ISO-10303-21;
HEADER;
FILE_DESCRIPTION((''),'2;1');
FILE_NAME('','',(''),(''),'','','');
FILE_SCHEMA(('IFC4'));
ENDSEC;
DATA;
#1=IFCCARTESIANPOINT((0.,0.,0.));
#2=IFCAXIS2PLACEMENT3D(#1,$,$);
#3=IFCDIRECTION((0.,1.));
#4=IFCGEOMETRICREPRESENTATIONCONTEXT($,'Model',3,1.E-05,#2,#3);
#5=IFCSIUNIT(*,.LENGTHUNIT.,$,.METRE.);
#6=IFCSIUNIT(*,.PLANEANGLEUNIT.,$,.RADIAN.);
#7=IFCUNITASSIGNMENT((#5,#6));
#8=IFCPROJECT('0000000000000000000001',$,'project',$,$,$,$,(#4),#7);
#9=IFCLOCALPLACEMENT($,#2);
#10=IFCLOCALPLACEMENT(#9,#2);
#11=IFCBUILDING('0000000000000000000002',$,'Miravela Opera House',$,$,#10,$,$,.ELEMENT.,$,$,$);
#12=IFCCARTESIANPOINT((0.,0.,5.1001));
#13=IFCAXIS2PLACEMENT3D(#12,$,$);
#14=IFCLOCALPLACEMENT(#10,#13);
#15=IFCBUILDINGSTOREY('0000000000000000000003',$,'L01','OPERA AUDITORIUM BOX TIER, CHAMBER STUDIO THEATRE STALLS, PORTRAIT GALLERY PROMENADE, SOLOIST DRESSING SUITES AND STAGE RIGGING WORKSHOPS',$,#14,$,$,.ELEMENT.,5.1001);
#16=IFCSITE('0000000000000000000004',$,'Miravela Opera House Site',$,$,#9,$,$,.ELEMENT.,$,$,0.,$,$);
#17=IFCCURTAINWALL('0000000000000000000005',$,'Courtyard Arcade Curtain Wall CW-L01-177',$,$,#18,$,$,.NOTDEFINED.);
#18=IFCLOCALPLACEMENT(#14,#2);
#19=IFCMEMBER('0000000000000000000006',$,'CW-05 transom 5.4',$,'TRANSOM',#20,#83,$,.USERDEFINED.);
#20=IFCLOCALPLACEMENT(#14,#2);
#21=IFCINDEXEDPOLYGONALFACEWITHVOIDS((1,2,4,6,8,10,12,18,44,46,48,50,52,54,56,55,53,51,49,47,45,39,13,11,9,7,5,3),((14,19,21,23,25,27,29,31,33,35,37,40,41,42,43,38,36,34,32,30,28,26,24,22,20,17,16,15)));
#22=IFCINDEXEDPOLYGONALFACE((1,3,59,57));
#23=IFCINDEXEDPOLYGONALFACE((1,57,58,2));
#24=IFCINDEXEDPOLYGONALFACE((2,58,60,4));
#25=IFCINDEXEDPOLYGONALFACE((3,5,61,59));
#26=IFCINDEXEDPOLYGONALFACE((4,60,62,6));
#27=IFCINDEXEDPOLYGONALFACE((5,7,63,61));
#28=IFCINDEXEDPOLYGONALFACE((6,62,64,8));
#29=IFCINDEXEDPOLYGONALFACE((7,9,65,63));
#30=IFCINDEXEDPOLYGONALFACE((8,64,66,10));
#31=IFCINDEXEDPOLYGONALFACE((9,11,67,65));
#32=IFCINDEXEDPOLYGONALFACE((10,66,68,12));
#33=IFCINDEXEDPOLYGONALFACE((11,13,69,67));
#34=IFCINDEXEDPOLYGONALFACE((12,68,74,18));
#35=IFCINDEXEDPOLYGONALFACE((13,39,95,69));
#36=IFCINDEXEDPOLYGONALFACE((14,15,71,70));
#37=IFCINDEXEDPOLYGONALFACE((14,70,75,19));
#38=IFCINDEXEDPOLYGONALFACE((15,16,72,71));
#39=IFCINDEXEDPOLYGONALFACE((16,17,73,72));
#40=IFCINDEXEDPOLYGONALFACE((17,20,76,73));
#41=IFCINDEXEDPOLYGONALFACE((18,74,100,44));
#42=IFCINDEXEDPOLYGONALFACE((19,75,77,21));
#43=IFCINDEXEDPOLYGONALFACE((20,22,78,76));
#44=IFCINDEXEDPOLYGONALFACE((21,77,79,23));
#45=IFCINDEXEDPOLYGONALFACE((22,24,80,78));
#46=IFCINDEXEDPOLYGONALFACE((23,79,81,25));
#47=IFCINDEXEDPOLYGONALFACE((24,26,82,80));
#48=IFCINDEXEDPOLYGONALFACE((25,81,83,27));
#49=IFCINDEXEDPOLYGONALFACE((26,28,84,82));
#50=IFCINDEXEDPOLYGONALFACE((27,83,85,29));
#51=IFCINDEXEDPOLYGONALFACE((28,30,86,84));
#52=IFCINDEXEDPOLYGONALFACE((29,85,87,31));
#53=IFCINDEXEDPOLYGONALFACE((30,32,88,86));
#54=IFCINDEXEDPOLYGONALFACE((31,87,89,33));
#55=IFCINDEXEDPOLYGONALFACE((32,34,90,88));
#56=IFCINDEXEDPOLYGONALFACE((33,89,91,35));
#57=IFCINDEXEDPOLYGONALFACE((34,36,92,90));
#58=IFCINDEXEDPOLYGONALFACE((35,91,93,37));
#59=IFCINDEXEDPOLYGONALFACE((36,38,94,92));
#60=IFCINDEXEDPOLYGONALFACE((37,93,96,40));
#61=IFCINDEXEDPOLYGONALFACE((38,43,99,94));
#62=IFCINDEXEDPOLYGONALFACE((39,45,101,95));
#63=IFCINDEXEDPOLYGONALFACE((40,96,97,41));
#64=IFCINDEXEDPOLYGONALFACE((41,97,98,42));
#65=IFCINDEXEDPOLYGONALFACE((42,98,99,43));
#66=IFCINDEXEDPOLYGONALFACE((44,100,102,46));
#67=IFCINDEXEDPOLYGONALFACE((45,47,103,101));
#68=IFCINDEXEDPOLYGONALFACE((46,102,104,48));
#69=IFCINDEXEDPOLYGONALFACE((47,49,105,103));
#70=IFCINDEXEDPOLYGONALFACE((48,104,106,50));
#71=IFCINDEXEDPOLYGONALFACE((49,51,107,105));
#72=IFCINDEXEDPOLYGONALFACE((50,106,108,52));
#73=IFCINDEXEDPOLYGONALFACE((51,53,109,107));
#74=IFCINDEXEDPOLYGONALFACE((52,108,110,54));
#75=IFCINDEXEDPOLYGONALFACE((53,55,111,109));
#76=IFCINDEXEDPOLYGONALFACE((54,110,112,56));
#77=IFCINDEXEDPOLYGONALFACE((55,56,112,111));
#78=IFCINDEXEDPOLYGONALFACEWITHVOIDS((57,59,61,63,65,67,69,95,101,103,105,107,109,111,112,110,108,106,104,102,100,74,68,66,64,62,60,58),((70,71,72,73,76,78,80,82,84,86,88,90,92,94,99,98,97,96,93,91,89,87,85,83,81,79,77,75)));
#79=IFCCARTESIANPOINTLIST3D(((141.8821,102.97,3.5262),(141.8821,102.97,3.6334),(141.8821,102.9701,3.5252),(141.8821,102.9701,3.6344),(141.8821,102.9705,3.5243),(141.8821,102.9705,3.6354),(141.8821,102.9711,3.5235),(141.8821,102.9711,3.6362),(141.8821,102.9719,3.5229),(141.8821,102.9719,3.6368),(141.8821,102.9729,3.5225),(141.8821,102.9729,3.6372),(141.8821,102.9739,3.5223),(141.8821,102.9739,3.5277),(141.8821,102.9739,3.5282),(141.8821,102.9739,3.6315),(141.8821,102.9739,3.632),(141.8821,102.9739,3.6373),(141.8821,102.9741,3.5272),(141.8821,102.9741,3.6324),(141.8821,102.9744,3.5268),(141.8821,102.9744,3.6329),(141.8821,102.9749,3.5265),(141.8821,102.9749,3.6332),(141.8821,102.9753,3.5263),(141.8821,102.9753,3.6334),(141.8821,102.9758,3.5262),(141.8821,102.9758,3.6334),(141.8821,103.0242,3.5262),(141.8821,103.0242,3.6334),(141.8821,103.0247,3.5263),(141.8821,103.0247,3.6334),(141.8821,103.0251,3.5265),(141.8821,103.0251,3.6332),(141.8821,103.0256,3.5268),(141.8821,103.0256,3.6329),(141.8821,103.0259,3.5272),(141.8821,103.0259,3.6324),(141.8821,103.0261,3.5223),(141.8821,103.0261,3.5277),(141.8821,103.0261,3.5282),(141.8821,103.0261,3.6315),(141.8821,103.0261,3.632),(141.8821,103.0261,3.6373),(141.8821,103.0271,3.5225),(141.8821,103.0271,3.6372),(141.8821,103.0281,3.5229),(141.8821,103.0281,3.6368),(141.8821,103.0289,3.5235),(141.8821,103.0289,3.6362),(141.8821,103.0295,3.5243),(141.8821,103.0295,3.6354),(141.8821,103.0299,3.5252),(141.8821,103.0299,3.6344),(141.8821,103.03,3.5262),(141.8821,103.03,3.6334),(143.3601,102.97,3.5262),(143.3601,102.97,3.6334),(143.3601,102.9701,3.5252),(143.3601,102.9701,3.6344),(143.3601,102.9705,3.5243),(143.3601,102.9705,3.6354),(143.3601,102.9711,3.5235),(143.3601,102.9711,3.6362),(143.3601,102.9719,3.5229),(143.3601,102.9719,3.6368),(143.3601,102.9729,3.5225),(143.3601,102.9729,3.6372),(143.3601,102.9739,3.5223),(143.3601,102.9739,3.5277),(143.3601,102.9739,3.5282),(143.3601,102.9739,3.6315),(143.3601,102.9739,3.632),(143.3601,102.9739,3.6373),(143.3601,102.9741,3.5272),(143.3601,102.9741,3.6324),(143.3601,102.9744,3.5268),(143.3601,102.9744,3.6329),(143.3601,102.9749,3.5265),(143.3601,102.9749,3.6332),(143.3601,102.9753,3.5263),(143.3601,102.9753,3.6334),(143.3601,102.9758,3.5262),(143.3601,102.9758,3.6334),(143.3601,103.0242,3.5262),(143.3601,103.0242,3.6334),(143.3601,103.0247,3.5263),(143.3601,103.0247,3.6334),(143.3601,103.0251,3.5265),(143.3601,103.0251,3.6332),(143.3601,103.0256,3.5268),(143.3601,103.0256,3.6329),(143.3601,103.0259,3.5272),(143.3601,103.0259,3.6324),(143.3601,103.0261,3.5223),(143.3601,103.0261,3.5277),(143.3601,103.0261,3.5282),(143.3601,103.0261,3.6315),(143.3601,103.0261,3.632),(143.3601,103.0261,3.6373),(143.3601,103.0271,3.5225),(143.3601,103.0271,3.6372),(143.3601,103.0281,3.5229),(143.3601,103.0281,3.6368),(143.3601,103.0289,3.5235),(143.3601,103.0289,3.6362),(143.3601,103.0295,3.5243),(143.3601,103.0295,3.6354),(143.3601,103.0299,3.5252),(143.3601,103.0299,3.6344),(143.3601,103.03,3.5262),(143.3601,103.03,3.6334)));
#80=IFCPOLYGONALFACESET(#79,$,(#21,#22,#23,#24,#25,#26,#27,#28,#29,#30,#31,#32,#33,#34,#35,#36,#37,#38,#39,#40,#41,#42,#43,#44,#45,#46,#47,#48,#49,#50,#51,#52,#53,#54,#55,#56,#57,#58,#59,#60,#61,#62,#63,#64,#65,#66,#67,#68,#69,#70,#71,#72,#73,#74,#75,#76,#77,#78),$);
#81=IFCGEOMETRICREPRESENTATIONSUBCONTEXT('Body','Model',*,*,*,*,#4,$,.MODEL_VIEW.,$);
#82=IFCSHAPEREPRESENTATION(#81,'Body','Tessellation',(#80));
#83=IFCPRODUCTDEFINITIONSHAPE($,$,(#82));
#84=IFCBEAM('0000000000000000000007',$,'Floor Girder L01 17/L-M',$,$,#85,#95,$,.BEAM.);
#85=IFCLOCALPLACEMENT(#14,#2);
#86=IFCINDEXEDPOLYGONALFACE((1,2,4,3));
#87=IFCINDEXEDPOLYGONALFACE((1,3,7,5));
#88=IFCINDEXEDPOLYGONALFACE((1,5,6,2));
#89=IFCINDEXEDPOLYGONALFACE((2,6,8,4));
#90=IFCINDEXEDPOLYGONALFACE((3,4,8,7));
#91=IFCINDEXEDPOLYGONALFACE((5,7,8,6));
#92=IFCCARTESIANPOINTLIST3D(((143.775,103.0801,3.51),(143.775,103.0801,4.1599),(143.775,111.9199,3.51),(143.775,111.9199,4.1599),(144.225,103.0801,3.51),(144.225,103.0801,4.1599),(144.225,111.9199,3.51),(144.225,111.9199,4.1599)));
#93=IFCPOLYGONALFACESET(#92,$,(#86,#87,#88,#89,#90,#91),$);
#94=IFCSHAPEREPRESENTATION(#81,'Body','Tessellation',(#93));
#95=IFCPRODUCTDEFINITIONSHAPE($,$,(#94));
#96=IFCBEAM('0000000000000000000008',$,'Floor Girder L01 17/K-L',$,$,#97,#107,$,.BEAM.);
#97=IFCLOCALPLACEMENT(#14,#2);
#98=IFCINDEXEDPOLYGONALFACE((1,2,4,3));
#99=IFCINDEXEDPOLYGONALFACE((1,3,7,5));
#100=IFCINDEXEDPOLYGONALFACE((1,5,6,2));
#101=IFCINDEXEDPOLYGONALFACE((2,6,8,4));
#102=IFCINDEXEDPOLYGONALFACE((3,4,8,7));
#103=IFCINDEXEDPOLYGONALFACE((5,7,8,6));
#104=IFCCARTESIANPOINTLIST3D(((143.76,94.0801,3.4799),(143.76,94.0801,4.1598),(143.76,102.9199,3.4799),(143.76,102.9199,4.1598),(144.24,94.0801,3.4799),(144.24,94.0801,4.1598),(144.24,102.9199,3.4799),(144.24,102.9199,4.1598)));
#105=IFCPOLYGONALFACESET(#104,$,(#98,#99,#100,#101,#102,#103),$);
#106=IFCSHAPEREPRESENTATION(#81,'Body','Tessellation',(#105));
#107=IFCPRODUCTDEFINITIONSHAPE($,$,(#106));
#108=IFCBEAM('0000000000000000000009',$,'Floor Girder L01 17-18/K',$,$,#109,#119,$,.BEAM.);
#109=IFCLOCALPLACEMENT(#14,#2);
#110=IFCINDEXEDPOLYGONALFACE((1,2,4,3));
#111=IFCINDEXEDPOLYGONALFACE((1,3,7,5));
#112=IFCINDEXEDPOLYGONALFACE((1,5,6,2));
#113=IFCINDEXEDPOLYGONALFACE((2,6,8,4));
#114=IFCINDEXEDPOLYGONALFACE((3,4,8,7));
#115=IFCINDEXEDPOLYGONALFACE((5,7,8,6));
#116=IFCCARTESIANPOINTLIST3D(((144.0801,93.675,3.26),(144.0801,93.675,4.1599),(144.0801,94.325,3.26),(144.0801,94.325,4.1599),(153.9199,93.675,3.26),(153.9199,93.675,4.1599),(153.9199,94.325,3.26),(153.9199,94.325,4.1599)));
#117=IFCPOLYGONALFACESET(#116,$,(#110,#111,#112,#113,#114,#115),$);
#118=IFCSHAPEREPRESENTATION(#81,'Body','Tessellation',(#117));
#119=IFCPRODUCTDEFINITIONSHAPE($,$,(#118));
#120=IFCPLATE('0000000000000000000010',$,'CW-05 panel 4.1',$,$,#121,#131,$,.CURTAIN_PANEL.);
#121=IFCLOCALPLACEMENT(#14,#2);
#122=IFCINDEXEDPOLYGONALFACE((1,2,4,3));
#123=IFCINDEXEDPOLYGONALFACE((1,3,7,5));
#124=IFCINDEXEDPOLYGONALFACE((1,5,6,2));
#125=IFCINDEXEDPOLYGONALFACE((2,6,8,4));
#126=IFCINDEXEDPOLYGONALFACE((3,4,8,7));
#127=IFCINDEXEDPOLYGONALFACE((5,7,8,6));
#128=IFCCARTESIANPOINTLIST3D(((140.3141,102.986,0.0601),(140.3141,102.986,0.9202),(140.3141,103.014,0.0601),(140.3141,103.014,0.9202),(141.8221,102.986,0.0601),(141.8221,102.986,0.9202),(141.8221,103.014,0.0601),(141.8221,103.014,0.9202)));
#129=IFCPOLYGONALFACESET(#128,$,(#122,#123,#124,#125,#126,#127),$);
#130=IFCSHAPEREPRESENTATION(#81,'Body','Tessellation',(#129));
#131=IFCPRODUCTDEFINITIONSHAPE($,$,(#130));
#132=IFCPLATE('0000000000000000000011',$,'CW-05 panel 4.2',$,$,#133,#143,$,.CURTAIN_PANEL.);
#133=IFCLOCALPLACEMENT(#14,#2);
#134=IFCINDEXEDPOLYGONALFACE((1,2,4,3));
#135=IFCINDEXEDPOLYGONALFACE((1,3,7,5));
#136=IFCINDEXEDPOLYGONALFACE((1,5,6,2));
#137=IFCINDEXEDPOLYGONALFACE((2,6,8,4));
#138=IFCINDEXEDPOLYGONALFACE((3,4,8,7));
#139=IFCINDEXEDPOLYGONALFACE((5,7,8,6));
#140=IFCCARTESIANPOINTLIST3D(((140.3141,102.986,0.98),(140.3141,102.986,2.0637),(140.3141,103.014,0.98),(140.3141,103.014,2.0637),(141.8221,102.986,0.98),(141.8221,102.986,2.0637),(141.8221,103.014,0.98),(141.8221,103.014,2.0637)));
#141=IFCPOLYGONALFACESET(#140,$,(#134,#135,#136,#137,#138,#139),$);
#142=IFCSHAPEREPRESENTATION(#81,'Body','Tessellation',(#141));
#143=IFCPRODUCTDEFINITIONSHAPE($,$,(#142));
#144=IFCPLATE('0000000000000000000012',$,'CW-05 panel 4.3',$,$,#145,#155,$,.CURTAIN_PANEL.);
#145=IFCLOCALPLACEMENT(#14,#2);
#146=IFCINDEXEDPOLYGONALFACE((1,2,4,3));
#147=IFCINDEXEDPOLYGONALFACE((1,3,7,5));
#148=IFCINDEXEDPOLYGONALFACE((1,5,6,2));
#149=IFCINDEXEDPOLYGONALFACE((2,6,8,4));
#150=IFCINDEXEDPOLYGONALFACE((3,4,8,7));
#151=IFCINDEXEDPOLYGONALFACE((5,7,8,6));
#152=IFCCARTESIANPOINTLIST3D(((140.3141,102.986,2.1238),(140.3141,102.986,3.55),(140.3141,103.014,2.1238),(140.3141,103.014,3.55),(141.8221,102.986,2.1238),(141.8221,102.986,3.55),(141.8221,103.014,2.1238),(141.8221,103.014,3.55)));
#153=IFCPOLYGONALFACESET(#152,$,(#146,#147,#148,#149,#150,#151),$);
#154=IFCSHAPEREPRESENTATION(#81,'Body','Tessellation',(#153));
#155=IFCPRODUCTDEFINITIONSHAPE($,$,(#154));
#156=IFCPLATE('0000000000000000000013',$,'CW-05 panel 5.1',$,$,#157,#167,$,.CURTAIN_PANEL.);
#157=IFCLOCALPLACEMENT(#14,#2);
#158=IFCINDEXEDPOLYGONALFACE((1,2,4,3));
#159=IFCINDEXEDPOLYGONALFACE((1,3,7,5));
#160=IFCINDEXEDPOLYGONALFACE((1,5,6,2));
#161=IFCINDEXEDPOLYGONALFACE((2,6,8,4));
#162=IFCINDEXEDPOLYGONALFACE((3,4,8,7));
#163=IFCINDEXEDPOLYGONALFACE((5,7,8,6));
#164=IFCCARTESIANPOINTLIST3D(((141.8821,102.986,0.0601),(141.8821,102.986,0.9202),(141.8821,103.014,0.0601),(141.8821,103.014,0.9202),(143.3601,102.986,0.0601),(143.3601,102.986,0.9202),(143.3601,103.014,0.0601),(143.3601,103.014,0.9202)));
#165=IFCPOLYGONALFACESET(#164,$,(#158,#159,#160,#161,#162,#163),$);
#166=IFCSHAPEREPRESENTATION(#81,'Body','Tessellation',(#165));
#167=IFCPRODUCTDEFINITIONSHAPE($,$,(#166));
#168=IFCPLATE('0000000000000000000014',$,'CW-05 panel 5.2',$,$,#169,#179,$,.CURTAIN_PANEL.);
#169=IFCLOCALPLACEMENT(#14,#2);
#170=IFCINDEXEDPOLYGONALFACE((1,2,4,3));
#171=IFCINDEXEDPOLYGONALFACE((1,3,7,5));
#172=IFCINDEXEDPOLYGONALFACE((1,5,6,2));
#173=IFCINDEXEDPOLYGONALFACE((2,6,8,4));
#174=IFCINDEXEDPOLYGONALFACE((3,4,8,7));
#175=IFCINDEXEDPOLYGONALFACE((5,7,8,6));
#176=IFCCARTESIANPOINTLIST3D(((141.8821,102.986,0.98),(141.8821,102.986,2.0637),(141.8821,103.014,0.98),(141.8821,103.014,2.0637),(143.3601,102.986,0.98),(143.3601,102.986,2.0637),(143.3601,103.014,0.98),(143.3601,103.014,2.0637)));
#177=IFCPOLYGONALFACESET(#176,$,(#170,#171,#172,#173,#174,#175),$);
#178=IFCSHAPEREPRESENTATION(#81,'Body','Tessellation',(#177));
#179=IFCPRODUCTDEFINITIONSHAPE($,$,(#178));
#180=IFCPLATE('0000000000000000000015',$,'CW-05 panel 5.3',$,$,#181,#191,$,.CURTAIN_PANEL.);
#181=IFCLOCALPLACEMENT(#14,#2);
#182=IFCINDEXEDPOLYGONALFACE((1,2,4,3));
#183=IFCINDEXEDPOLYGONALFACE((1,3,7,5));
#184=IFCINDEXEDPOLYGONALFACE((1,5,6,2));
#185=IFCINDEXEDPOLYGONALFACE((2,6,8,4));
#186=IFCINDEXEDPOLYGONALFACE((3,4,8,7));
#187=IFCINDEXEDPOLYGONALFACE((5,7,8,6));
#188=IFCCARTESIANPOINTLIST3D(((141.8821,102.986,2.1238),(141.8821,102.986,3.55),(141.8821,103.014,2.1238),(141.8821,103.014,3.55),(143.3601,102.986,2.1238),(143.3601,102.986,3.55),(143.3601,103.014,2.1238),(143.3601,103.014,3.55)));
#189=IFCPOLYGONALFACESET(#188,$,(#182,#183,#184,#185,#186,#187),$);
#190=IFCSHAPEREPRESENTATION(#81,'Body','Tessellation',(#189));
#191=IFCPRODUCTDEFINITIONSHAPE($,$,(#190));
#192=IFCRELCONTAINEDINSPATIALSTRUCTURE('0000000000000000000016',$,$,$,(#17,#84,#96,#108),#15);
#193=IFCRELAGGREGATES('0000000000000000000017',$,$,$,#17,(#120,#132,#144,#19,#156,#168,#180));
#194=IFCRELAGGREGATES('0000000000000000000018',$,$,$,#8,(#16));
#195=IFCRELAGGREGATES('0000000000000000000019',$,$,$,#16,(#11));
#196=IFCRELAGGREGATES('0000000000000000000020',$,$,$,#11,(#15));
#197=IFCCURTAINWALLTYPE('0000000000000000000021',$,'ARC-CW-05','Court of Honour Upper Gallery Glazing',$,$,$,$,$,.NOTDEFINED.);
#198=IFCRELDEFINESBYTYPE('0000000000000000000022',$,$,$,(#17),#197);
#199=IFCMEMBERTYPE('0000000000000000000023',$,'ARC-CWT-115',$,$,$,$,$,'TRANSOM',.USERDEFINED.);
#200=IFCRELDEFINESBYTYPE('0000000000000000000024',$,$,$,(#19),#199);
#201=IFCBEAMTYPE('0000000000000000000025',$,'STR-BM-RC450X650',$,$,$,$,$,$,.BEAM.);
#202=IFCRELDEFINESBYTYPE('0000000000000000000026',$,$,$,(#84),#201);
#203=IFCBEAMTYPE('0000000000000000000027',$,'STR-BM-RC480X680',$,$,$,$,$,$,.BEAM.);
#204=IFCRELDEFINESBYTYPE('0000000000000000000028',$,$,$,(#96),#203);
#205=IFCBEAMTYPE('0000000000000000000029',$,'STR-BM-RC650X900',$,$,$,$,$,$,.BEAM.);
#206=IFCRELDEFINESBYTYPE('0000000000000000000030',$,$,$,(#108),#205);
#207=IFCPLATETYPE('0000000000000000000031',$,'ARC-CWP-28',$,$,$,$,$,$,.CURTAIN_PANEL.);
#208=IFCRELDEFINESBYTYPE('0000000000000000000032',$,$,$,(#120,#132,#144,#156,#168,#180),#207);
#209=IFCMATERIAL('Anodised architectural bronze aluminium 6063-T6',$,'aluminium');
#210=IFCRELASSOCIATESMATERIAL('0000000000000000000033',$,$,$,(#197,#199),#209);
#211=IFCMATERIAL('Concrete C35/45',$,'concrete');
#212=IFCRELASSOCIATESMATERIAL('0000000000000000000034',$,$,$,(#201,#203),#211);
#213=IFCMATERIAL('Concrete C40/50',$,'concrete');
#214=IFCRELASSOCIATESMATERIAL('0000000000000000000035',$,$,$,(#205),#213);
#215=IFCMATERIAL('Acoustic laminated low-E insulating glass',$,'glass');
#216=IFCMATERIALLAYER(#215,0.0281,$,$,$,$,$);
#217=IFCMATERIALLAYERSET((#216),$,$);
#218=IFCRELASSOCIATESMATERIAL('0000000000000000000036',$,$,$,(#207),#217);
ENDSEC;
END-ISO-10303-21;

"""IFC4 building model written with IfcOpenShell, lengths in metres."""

from ifc_helpers import new_model, si_unit, direction, frame, origin, origin_2d, place, context, subcontext, project, spatial, rectangle, hollow_rectangle, extrude, material, layer, layer_set, material_profile, profile_set, type_object, element, aggregate, save


model = new_model("IFC4")

# Units and contexts
model_context = context("Model", 3, precision=1e-05, world=origin(), true_north=direction((0.0, 1.0)))
body_context = subcontext(model_context, "Body", "Model", "MODEL_VIEW")
ifc_project = project(units=[si_unit("LENGTHUNIT", "METRE"), si_unit("PLANEANGLEUNIT", "RADIAN")], contexts=[model_context])

# Site, building, storey
site_placement = place(None, origin())
site = spatial("IfcSite", under=ifc_project, at=site_placement, Name="Miravela Opera House Site", CompositionType="ELEMENT", RefElevation=0.0)
building_placement = place(site_placement, origin())
building = spatial("IfcBuilding", under=site, at=building_placement, Name="Miravela Opera House", CompositionType="ELEMENT")
storey_placement = place(building_placement, frame((0.0, 0.0, 5.1001)))
storey = spatial("IfcBuildingStorey", under=building, at=storey_placement, Name="L01", Description="OPERA AUDITORIUM BOX TIER, CHAMBER STUDIO THEATRE STALLS, PORTRAIT GALLERY PROMENADE, SOLOIST DRESSING SUITES AND STAGE RIGGING WORKSHOPS", CompositionType="ELEMENT", Elevation=5.1001)

# Shared definitions
ifc_material_1 = material(Name="Concrete C35/45", Category="concrete")

# Curtain wall, member
ifc_material_2 = material(Name="Anodised architectural bronze aluminium 6063-T6", Category="aluminium")
curtain_wall_type = type_object("IfcCurtainWallType", Name="ARC-CW-05", Description="Court of Honour Upper Gallery Glazing", PredefinedType="NOTDEFINED", material=ifc_material_2)
curtain_wall_placement = place(storey_placement, origin())
curtain_wall = element("IfcCurtainWall", 1, at=curtain_wall_placement, inside=storey, type_object=curtain_wall_type, Name="Courtyard Arcade Curtain Wall CW-L01-177", PredefinedType="NOTDEFINED")
ifc_material_profile_1 = material_profile(ifc_material_2, hollow_rectangle(XDim=0.0601, YDim=0.115, WallThickness=0.0039, InnerFilletRadius=0.002, OuterFilletRadius=0.0039, at=origin_2d()), Name="CWT-60X115")
ifc_profile_set_1 = profile_set([ifc_material_profile_1])
member_type_1 = type_object("IfcMemberType", Name="ARC-CWT-115", ElementType="TRANSOM", PredefinedType="USERDEFINED", material=ifc_profile_set_1)
member_1_placement = place(storey_placement, frame((141.8821, 103.0, 3.5798), z_axis=(1.0, 0.0, 0.0), x_axis=(0.0, 1.0, 0.0)))
member_1 = element("IfcMember", 2, at=member_1_placement, type_object=member_type_1, Name="CW-05 transom 5.4", ObjectType="TRANSOM", PredefinedType="USERDEFINED", context=body_context, shape_type="SweptSolid", body=[
    extrude(hollow_rectangle(XDim=0.0601, YDim=0.115, WallThickness=0.0039, InnerFilletRadius=0.002, OuterFilletRadius=0.0039, at=origin_2d()), origin(), (0.0, 0.0, 1.0), 1.478),
])

# Beams
ifc_material_profile_2 = material_profile(ifc_material_1, rectangle(XDim=0.45, YDim=0.6499, at=origin_2d()), Name="RC-BM-450X650")
ifc_profile_set_2 = profile_set([ifc_material_profile_2])
beam_type_1 = type_object("IfcBeamType", Name="STR-BM-RC450X650", PredefinedType="BEAM", material=ifc_profile_set_2)
beam_1_placement = place(storey_placement, frame((144.0, 103.0801, 3.835), z_axis=(0.0, 1.0, 0.0), x_axis=(-1.0, 0.0, 0.0)))
element("IfcBeam", 3, at=beam_1_placement, inside=storey, type_object=beam_type_1, Name="Floor Girder L01 17/L-M", PredefinedType="BEAM", context=body_context, shape_type="SweptSolid", body=[
    extrude(rectangle(XDim=0.45, YDim=0.6499, at=origin_2d()), origin(), (0.0, 0.0, 1.0), 8.8398),
])
ifc_material_profile_3 = material_profile(ifc_material_1, rectangle(XDim=0.48, YDim=0.6799, at=origin_2d()), Name="RC-BM-480X680")
ifc_profile_set_3 = profile_set([ifc_material_profile_3])
beam_type_2 = type_object("IfcBeamType", Name="STR-BM-RC480X680", PredefinedType="BEAM", material=ifc_profile_set_3)
beam_2_placement = place(storey_placement, frame((144.0, 94.0801, 3.8198), z_axis=(0.0, 1.0, 0.0), x_axis=(-1.0, 0.0, 0.0)))
element("IfcBeam", 4, at=beam_2_placement, inside=storey, type_object=beam_type_2, Name="Floor Girder L01 17/K-L", PredefinedType="BEAM", context=body_context, shape_type="SweptSolid", body=[
    extrude(rectangle(XDim=0.48, YDim=0.6799, at=origin_2d()), origin(), (0.0, 0.0, 1.0), 8.8398),
])
ifc_material_3 = material(Name="Concrete C40/50", Category="concrete")
ifc_material_profile_4 = material_profile(ifc_material_3, rectangle(XDim=0.6499, YDim=0.8999, at=origin_2d()), Name="RC-BM-650X900")
ifc_profile_set_4 = profile_set([ifc_material_profile_4])
beam_type_3 = type_object("IfcBeamType", Name="STR-BM-RC650X900", PredefinedType="BEAM", material=ifc_profile_set_4)
beam_3_placement = place(storey_placement, frame((144.0801, 94.0, 3.71), z_axis=(1.0, 0.0, 0.0), x_axis=(0.0, 1.0, 0.0)))
element("IfcBeam", 5, at=beam_3_placement, inside=storey, type_object=beam_type_3, Name="Floor Girder L01 17-18/K", PredefinedType="BEAM", context=body_context, shape_type="SweptSolid", body=[
    extrude(rectangle(XDim=0.6499, YDim=0.8999, at=origin_2d()), origin(), (0.0, 0.0, 1.0), 9.8398),
])

# Plates
ifc_material_4 = material(Name="Acoustic laminated low-E insulating glass", Category="glass")
ifc_layer_1 = layer(ifc_material_4, 0.0281)
ifc_layer_set_1 = layer_set([ifc_layer_1])
plate_type = type_object("IfcPlateType", Name="ARC-CWP-28", PredefinedType="CURTAIN_PANEL", material=ifc_layer_set_1)
plate_1_placement = place(storey_placement, frame((141.0681, 103.0, 0.0601), z_axis=(0.0, 0.0, 1.0), x_axis=(1.0, 0.0, 0.0)))
plate_1 = element("IfcPlate", 6, at=plate_1_placement, type_object=plate_type, Name="CW-05 panel 4.1", PredefinedType="CURTAIN_PANEL", context=body_context, shape_type="SweptSolid", body=[
    extrude(rectangle(XDim=1.5081, YDim=0.0281, at=origin_2d()), origin(), (0.0, 0.0, 1.0), 0.8601),
])
plate_2_placement = place(storey_placement, frame((141.0681, 103.0, 0.98), z_axis=(0.0, 0.0, 1.0), x_axis=(1.0, 0.0, 0.0)))
plate_2 = element("IfcPlate", 7, at=plate_2_placement, type_object=plate_type, Name="CW-05 panel 4.2", PredefinedType="CURTAIN_PANEL", context=body_context, shape_type="SweptSolid", body=[
    extrude(rectangle(XDim=1.5081, YDim=0.0281, at=origin_2d()), origin(), (0.0, 0.0, 1.0), 1.0837),
])
plate_3_placement = place(storey_placement, frame((141.0681, 103.0, 2.1238), z_axis=(0.0, 0.0, 1.0), x_axis=(1.0, 0.0, 0.0)))
plate_3 = element("IfcPlate", 8, at=plate_3_placement, type_object=plate_type, Name="CW-05 panel 4.3", PredefinedType="CURTAIN_PANEL", context=body_context, shape_type="SweptSolid", body=[
    extrude(rectangle(XDim=1.5081, YDim=0.0281, at=origin_2d()), origin(), (0.0, 0.0, 1.0), 1.4263),
])
plate_4_placement = place(storey_placement, frame((142.6211, 103.0, 0.0601), z_axis=(0.0, 0.0, 1.0), x_axis=(1.0, 0.0, 0.0)))
plate_4 = element("IfcPlate", 9, at=plate_4_placement, type_object=plate_type, Name="CW-05 panel 5.1", PredefinedType="CURTAIN_PANEL", context=body_context, shape_type="SweptSolid", body=[
    extrude(rectangle(XDim=1.478, YDim=0.0281, at=origin_2d()), origin(), (0.0, 0.0, 1.0), 0.8601),
])
plate_5_placement = place(storey_placement, frame((142.6211, 103.0, 0.98), z_axis=(0.0, 0.0, 1.0), x_axis=(1.0, 0.0, 0.0)))
plate_5 = element("IfcPlate", 10, at=plate_5_placement, type_object=plate_type, Name="CW-05 panel 5.2", PredefinedType="CURTAIN_PANEL", context=body_context, shape_type="SweptSolid", body=[
    extrude(rectangle(XDim=1.478, YDim=0.0281, at=origin_2d()), origin(), (0.0, 0.0, 1.0), 1.0837),
])
plate_6_placement = place(storey_placement, frame((142.6211, 103.0, 2.1238), z_axis=(0.0, 0.0, 1.0), x_axis=(1.0, 0.0, 0.0)))
plate_6 = element("IfcPlate", 11, at=plate_6_placement, type_object=plate_type, Name="CW-05 panel 5.3", PredefinedType="CURTAIN_PANEL", context=body_context, shape_type="SweptSolid", body=[
    extrude(rectangle(XDim=1.478, YDim=0.0281, at=origin_2d()), origin(), (0.0, 0.0, 1.0), 1.4263),
])
aggregate(curtain_wall, [plate_1, plate_2, plate_3, member_1, plate_4, plate_5, plate_6])

save(model, "model.ifc")
